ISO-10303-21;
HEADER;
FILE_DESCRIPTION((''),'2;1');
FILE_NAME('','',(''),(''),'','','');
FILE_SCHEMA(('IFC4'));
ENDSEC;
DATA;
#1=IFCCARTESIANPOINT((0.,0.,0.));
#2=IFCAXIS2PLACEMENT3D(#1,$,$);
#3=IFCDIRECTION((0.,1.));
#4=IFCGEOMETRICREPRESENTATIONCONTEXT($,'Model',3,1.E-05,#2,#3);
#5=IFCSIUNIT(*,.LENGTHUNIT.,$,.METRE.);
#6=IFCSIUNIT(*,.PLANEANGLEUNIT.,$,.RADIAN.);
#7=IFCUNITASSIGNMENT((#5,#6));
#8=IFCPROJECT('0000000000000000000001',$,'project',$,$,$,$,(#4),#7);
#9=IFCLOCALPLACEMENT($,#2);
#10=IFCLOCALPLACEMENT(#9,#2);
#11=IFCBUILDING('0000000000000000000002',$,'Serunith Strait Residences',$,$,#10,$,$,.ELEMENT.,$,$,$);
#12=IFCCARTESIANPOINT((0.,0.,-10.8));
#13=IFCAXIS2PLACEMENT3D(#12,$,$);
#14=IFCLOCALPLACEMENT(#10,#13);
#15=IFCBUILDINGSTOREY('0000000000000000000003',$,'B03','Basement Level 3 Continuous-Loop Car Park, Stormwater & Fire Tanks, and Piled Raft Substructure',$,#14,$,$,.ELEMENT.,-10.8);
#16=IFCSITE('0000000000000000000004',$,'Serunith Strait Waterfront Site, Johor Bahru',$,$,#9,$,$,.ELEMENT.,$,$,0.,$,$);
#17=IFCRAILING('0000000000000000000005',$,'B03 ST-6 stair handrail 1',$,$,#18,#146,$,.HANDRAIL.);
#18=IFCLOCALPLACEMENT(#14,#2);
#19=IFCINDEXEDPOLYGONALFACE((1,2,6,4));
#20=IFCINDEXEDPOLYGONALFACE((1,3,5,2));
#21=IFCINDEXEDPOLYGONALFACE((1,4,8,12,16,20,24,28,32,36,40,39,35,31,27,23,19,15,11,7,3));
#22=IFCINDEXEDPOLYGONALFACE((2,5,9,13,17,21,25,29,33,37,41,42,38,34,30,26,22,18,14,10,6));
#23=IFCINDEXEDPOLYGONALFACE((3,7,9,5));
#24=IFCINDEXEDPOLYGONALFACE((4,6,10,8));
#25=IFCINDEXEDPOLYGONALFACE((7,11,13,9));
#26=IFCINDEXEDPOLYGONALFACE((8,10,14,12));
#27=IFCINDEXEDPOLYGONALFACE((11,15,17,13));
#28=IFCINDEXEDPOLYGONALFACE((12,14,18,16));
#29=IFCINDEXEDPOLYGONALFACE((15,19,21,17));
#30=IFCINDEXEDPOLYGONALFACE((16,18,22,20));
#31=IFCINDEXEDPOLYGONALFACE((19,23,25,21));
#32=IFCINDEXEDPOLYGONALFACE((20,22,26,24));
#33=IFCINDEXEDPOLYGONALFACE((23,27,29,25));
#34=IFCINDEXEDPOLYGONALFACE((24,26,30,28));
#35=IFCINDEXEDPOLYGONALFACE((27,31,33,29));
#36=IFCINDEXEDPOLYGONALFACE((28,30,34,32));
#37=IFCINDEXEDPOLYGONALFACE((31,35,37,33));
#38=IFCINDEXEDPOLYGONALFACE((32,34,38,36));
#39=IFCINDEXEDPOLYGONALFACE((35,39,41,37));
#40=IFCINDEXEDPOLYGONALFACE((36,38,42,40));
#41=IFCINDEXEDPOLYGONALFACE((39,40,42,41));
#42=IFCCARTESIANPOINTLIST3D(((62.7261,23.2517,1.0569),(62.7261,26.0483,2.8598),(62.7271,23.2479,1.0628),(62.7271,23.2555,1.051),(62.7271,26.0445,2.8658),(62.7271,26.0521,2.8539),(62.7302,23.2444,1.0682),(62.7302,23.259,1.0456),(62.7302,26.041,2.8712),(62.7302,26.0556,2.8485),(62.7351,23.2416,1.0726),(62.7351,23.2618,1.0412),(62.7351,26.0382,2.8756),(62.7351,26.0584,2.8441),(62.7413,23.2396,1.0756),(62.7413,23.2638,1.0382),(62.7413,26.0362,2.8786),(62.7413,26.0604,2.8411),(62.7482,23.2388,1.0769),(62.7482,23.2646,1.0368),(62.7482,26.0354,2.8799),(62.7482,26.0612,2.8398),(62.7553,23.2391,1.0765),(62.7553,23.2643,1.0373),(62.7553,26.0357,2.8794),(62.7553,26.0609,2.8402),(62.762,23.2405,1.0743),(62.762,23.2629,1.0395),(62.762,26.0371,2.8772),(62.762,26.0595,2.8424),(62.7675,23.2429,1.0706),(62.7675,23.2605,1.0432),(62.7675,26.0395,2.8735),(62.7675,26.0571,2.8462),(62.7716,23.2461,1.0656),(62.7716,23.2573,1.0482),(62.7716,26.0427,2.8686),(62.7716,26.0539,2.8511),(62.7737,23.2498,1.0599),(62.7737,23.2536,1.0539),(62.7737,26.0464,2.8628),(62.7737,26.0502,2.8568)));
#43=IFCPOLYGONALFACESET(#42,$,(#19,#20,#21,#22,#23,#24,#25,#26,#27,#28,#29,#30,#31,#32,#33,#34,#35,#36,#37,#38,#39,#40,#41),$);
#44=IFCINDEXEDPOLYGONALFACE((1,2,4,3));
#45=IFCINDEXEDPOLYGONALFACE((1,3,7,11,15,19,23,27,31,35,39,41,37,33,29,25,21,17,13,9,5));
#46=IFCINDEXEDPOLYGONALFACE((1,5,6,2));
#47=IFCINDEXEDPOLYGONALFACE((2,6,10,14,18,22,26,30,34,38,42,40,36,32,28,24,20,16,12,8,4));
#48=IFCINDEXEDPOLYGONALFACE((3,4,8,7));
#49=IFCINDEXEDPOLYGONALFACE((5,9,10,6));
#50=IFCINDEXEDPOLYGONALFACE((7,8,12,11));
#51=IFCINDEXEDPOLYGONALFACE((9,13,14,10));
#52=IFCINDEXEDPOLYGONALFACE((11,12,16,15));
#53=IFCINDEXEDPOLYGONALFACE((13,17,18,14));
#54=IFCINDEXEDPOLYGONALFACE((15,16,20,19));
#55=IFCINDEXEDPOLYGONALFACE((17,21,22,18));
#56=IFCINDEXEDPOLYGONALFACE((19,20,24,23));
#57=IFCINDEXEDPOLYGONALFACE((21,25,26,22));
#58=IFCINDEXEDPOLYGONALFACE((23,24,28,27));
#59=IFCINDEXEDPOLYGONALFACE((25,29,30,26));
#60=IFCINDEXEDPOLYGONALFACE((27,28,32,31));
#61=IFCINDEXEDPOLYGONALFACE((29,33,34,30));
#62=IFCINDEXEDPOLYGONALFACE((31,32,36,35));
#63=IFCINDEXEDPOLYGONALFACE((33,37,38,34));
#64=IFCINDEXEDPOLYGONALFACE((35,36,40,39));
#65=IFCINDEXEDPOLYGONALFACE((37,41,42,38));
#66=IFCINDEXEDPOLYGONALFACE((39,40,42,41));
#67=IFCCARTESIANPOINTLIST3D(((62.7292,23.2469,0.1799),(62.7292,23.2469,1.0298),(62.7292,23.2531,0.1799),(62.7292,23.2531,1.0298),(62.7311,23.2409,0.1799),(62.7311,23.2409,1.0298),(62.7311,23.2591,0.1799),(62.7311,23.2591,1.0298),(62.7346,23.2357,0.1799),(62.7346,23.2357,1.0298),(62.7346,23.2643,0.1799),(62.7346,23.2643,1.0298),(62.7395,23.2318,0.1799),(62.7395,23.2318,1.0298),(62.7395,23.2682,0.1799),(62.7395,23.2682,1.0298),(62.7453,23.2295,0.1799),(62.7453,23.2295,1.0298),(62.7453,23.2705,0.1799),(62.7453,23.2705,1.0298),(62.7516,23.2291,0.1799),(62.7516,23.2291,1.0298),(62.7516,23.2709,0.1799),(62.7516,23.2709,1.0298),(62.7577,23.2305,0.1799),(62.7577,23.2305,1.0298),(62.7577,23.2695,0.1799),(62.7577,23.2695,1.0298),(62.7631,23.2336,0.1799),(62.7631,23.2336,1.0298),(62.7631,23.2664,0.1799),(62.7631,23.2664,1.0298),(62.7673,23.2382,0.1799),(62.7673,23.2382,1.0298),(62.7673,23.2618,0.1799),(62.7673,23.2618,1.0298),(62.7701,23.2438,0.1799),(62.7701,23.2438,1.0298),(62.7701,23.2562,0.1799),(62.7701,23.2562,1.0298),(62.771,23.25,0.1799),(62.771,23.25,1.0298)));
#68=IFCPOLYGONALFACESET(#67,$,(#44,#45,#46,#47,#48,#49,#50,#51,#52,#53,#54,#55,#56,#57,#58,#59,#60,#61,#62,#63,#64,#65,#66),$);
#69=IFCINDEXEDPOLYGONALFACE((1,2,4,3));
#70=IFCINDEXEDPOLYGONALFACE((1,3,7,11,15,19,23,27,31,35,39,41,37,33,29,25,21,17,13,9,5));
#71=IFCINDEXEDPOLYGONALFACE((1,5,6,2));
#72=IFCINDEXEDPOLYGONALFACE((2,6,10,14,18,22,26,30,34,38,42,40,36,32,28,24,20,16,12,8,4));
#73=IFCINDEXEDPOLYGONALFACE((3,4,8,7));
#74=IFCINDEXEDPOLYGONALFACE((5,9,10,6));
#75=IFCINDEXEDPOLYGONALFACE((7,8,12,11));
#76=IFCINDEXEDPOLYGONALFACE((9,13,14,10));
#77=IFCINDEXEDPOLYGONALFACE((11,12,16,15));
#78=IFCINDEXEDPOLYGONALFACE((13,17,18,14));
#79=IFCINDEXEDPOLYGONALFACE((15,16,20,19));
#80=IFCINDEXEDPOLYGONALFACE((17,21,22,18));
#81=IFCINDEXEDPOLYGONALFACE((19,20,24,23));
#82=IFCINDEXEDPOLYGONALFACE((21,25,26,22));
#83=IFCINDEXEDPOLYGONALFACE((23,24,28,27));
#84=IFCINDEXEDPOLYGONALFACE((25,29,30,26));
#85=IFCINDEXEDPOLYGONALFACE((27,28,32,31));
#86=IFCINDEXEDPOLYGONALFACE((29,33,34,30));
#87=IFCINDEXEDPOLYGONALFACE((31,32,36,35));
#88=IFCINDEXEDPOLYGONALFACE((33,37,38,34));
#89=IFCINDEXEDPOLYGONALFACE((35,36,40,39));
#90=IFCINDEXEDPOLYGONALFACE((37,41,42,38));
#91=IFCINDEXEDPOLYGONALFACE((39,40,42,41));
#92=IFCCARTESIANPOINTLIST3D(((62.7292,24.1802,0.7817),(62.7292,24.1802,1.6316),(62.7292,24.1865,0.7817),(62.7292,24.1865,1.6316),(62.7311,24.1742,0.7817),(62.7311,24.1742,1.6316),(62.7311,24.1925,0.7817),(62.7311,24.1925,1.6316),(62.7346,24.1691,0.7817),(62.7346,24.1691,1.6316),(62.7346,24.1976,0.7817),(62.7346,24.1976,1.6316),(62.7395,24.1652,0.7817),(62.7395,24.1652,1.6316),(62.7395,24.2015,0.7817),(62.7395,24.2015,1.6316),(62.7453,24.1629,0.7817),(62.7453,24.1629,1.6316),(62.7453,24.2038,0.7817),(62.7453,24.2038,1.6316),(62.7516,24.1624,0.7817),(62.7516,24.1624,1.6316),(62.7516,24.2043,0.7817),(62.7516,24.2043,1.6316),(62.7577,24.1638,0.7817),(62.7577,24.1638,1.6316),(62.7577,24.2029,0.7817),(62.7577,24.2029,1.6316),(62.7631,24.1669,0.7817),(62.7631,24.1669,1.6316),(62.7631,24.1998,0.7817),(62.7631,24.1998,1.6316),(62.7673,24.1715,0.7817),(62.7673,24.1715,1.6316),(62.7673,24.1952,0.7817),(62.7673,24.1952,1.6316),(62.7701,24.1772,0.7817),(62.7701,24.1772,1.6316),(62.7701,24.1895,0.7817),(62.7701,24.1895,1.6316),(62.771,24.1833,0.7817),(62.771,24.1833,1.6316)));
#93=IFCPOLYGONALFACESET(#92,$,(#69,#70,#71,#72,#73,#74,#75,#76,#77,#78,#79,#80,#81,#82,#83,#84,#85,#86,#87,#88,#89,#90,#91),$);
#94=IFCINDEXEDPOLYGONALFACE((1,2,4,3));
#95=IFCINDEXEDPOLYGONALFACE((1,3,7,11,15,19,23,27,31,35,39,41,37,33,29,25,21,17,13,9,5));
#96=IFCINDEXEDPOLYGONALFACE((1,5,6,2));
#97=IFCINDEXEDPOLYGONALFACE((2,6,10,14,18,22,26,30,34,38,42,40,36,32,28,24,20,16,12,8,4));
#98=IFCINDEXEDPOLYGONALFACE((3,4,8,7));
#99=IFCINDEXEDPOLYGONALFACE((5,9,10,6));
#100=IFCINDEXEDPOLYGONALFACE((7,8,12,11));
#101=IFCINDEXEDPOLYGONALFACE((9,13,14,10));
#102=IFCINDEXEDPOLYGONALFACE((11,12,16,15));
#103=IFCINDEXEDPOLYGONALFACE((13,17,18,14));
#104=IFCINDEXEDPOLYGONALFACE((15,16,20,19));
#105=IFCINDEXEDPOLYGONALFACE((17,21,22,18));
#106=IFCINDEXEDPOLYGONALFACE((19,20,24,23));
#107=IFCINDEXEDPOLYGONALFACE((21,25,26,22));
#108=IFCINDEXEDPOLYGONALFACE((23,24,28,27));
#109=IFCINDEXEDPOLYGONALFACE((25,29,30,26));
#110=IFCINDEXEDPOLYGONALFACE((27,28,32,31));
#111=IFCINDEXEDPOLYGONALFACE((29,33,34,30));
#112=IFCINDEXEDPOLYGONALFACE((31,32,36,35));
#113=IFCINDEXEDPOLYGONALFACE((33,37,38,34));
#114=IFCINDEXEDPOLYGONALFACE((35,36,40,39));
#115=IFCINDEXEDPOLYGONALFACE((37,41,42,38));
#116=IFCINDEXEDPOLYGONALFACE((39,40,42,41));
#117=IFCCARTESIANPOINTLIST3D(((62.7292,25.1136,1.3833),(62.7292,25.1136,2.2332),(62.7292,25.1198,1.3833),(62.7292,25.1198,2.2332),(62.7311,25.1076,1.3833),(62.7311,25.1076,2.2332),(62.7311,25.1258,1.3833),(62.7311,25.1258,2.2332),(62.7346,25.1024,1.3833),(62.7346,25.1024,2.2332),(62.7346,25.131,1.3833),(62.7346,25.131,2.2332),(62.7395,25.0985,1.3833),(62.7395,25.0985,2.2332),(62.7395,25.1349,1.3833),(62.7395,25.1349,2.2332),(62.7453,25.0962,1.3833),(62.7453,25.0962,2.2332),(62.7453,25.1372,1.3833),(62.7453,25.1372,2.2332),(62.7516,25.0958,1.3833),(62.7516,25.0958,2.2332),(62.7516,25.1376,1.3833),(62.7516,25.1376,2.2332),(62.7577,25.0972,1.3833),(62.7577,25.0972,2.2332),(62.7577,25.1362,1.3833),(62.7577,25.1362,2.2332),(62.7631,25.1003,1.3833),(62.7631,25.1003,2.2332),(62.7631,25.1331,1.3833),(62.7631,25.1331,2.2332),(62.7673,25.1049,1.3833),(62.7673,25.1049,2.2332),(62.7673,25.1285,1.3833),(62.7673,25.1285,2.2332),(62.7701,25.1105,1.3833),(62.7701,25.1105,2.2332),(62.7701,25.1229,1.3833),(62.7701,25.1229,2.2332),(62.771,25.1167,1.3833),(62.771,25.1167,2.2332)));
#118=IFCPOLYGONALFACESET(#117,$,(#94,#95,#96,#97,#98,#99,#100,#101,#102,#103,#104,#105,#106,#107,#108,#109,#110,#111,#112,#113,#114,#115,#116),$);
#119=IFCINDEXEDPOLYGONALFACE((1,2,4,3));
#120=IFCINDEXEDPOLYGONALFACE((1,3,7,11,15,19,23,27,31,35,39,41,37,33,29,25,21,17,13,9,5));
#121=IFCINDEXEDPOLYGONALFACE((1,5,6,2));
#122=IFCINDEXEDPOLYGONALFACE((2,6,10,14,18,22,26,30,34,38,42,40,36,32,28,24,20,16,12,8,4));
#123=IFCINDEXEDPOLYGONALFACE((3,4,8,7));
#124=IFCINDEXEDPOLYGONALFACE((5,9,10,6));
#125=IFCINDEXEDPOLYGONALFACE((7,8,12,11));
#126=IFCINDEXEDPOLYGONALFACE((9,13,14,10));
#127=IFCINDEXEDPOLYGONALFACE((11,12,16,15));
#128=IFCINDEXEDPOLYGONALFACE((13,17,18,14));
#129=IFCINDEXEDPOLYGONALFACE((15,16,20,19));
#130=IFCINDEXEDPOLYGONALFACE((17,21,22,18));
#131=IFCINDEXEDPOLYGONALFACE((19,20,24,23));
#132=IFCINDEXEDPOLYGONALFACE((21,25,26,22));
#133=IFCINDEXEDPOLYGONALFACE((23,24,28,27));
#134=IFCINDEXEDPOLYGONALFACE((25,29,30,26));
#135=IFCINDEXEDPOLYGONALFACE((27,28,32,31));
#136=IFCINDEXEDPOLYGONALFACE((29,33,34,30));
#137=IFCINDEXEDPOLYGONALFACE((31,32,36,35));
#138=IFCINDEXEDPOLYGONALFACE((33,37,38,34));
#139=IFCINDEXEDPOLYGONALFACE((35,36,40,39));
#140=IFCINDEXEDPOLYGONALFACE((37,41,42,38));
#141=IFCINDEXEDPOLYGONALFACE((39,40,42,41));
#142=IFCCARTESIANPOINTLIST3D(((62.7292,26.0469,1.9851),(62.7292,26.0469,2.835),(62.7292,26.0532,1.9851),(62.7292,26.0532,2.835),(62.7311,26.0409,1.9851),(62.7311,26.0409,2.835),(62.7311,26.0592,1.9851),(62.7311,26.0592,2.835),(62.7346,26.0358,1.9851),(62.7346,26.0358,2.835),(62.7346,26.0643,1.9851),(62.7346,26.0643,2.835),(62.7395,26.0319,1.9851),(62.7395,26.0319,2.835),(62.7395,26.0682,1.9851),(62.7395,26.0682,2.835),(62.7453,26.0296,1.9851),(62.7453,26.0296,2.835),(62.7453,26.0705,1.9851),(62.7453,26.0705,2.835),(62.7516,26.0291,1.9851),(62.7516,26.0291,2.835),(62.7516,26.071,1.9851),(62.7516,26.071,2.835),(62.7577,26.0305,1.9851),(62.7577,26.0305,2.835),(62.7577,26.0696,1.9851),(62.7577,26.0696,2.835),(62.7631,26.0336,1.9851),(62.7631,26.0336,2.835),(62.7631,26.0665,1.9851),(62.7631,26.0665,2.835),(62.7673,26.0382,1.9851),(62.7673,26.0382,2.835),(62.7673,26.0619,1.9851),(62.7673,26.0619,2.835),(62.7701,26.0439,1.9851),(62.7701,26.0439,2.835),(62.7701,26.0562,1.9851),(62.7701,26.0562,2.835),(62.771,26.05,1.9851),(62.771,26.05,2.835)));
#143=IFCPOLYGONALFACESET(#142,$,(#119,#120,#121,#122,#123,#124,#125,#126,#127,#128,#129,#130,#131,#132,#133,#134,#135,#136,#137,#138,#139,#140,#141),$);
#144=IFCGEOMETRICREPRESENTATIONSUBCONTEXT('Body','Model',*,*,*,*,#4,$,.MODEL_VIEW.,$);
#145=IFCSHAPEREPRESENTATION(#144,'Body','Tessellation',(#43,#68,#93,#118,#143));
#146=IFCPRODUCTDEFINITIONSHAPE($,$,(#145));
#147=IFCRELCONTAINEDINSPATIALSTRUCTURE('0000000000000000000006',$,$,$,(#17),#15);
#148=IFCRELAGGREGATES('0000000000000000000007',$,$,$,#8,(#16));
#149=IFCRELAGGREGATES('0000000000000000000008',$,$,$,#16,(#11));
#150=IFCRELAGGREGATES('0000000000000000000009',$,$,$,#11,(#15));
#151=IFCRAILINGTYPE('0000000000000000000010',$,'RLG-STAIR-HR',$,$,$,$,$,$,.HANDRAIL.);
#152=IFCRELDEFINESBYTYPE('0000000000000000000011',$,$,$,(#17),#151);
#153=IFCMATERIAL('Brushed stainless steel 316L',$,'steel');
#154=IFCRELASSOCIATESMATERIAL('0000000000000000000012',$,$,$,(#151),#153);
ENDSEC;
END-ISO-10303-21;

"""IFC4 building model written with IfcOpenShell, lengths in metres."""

from ifc_helpers import new_model, si_unit, direction, frame, origin, origin_2d, place, context, subcontext, project, spatial, circle, extrude, material, type_object, element, save


model = new_model("IFC4")

# Units and contexts
model_context = context("Model", 3, precision=1e-05, world=origin(), true_north=direction((0.0, 1.0)))
body_context = subcontext(model_context, "Body", "Model", "MODEL_VIEW")
ifc_project = project(units=[si_unit("LENGTHUNIT", "METRE"), si_unit("PLANEANGLEUNIT", "RADIAN")], contexts=[model_context])

# Site, building, storey
site_placement = place(None, origin())
site = spatial("IfcSite", under=ifc_project, at=site_placement, Name="Serunith Strait Waterfront Site, Johor Bahru", CompositionType="ELEMENT", RefElevation=0.0)
building_placement = place(site_placement, origin())
building = spatial("IfcBuilding", under=site, at=building_placement, Name="Serunith Strait Residences", CompositionType="ELEMENT")
storey_placement = place(building_placement, frame((0.0, 0.0, -10.8)))
storey = spatial("IfcBuildingStorey", under=building, at=storey_placement, Name="B03", Description="Basement Level 3 Continuous-Loop Car Park, Stormwater & Fire Tanks, and Piled Raft Substructure", CompositionType="ELEMENT", Elevation=-10.8)

# Railing
ifc_material_1 = material(Name="Brushed stainless steel 316L", Category="steel")
railing_type_1 = type_object("IfcRailingType", Name="RLG-STAIR-HR", PredefinedType="HANDRAIL", material=ifc_material_1)
railing_1_placement = place(storey_placement, frame((62.75, 23.25, 0.1799)))
element("IfcRailing", 1, at=railing_1_placement, inside=storey, type_object=railing_type_1, Name="B03 ST-6 stair handrail 1", PredefinedType="HANDRAIL", context=body_context, shape_type="SweptSolid", body=[
    extrude(circle(Radius=0.0239, at=origin_2d()), frame((0.0, 0.0017, 0.877), z_axis=(0.0, 0.840475, 0.54185), x_axis=(-1.0, 0.0, 0.0)), (0.0, 0.0, 1.0), 3.3274),
    extrude(circle(Radius=0.021, at=origin_2d()), origin(), (0.0, 0.0, 1.0), 0.8499),
    extrude(circle(Radius=0.021, at=origin_2d()), frame((0.0, 0.9333, 0.6018)), (0.0, 0.0, 1.0), 0.8499),
    extrude(circle(Radius=0.021, at=origin_2d()), frame((0.0, 1.8667, 1.2034)), (0.0, 0.0, 1.0), 0.8499),
    extrude(circle(Radius=0.021, at=origin_2d()), frame((0.0, 2.8, 1.8052)), (0.0, 0.0, 1.0), 0.8499),
])

save(model, "model.ifc")
